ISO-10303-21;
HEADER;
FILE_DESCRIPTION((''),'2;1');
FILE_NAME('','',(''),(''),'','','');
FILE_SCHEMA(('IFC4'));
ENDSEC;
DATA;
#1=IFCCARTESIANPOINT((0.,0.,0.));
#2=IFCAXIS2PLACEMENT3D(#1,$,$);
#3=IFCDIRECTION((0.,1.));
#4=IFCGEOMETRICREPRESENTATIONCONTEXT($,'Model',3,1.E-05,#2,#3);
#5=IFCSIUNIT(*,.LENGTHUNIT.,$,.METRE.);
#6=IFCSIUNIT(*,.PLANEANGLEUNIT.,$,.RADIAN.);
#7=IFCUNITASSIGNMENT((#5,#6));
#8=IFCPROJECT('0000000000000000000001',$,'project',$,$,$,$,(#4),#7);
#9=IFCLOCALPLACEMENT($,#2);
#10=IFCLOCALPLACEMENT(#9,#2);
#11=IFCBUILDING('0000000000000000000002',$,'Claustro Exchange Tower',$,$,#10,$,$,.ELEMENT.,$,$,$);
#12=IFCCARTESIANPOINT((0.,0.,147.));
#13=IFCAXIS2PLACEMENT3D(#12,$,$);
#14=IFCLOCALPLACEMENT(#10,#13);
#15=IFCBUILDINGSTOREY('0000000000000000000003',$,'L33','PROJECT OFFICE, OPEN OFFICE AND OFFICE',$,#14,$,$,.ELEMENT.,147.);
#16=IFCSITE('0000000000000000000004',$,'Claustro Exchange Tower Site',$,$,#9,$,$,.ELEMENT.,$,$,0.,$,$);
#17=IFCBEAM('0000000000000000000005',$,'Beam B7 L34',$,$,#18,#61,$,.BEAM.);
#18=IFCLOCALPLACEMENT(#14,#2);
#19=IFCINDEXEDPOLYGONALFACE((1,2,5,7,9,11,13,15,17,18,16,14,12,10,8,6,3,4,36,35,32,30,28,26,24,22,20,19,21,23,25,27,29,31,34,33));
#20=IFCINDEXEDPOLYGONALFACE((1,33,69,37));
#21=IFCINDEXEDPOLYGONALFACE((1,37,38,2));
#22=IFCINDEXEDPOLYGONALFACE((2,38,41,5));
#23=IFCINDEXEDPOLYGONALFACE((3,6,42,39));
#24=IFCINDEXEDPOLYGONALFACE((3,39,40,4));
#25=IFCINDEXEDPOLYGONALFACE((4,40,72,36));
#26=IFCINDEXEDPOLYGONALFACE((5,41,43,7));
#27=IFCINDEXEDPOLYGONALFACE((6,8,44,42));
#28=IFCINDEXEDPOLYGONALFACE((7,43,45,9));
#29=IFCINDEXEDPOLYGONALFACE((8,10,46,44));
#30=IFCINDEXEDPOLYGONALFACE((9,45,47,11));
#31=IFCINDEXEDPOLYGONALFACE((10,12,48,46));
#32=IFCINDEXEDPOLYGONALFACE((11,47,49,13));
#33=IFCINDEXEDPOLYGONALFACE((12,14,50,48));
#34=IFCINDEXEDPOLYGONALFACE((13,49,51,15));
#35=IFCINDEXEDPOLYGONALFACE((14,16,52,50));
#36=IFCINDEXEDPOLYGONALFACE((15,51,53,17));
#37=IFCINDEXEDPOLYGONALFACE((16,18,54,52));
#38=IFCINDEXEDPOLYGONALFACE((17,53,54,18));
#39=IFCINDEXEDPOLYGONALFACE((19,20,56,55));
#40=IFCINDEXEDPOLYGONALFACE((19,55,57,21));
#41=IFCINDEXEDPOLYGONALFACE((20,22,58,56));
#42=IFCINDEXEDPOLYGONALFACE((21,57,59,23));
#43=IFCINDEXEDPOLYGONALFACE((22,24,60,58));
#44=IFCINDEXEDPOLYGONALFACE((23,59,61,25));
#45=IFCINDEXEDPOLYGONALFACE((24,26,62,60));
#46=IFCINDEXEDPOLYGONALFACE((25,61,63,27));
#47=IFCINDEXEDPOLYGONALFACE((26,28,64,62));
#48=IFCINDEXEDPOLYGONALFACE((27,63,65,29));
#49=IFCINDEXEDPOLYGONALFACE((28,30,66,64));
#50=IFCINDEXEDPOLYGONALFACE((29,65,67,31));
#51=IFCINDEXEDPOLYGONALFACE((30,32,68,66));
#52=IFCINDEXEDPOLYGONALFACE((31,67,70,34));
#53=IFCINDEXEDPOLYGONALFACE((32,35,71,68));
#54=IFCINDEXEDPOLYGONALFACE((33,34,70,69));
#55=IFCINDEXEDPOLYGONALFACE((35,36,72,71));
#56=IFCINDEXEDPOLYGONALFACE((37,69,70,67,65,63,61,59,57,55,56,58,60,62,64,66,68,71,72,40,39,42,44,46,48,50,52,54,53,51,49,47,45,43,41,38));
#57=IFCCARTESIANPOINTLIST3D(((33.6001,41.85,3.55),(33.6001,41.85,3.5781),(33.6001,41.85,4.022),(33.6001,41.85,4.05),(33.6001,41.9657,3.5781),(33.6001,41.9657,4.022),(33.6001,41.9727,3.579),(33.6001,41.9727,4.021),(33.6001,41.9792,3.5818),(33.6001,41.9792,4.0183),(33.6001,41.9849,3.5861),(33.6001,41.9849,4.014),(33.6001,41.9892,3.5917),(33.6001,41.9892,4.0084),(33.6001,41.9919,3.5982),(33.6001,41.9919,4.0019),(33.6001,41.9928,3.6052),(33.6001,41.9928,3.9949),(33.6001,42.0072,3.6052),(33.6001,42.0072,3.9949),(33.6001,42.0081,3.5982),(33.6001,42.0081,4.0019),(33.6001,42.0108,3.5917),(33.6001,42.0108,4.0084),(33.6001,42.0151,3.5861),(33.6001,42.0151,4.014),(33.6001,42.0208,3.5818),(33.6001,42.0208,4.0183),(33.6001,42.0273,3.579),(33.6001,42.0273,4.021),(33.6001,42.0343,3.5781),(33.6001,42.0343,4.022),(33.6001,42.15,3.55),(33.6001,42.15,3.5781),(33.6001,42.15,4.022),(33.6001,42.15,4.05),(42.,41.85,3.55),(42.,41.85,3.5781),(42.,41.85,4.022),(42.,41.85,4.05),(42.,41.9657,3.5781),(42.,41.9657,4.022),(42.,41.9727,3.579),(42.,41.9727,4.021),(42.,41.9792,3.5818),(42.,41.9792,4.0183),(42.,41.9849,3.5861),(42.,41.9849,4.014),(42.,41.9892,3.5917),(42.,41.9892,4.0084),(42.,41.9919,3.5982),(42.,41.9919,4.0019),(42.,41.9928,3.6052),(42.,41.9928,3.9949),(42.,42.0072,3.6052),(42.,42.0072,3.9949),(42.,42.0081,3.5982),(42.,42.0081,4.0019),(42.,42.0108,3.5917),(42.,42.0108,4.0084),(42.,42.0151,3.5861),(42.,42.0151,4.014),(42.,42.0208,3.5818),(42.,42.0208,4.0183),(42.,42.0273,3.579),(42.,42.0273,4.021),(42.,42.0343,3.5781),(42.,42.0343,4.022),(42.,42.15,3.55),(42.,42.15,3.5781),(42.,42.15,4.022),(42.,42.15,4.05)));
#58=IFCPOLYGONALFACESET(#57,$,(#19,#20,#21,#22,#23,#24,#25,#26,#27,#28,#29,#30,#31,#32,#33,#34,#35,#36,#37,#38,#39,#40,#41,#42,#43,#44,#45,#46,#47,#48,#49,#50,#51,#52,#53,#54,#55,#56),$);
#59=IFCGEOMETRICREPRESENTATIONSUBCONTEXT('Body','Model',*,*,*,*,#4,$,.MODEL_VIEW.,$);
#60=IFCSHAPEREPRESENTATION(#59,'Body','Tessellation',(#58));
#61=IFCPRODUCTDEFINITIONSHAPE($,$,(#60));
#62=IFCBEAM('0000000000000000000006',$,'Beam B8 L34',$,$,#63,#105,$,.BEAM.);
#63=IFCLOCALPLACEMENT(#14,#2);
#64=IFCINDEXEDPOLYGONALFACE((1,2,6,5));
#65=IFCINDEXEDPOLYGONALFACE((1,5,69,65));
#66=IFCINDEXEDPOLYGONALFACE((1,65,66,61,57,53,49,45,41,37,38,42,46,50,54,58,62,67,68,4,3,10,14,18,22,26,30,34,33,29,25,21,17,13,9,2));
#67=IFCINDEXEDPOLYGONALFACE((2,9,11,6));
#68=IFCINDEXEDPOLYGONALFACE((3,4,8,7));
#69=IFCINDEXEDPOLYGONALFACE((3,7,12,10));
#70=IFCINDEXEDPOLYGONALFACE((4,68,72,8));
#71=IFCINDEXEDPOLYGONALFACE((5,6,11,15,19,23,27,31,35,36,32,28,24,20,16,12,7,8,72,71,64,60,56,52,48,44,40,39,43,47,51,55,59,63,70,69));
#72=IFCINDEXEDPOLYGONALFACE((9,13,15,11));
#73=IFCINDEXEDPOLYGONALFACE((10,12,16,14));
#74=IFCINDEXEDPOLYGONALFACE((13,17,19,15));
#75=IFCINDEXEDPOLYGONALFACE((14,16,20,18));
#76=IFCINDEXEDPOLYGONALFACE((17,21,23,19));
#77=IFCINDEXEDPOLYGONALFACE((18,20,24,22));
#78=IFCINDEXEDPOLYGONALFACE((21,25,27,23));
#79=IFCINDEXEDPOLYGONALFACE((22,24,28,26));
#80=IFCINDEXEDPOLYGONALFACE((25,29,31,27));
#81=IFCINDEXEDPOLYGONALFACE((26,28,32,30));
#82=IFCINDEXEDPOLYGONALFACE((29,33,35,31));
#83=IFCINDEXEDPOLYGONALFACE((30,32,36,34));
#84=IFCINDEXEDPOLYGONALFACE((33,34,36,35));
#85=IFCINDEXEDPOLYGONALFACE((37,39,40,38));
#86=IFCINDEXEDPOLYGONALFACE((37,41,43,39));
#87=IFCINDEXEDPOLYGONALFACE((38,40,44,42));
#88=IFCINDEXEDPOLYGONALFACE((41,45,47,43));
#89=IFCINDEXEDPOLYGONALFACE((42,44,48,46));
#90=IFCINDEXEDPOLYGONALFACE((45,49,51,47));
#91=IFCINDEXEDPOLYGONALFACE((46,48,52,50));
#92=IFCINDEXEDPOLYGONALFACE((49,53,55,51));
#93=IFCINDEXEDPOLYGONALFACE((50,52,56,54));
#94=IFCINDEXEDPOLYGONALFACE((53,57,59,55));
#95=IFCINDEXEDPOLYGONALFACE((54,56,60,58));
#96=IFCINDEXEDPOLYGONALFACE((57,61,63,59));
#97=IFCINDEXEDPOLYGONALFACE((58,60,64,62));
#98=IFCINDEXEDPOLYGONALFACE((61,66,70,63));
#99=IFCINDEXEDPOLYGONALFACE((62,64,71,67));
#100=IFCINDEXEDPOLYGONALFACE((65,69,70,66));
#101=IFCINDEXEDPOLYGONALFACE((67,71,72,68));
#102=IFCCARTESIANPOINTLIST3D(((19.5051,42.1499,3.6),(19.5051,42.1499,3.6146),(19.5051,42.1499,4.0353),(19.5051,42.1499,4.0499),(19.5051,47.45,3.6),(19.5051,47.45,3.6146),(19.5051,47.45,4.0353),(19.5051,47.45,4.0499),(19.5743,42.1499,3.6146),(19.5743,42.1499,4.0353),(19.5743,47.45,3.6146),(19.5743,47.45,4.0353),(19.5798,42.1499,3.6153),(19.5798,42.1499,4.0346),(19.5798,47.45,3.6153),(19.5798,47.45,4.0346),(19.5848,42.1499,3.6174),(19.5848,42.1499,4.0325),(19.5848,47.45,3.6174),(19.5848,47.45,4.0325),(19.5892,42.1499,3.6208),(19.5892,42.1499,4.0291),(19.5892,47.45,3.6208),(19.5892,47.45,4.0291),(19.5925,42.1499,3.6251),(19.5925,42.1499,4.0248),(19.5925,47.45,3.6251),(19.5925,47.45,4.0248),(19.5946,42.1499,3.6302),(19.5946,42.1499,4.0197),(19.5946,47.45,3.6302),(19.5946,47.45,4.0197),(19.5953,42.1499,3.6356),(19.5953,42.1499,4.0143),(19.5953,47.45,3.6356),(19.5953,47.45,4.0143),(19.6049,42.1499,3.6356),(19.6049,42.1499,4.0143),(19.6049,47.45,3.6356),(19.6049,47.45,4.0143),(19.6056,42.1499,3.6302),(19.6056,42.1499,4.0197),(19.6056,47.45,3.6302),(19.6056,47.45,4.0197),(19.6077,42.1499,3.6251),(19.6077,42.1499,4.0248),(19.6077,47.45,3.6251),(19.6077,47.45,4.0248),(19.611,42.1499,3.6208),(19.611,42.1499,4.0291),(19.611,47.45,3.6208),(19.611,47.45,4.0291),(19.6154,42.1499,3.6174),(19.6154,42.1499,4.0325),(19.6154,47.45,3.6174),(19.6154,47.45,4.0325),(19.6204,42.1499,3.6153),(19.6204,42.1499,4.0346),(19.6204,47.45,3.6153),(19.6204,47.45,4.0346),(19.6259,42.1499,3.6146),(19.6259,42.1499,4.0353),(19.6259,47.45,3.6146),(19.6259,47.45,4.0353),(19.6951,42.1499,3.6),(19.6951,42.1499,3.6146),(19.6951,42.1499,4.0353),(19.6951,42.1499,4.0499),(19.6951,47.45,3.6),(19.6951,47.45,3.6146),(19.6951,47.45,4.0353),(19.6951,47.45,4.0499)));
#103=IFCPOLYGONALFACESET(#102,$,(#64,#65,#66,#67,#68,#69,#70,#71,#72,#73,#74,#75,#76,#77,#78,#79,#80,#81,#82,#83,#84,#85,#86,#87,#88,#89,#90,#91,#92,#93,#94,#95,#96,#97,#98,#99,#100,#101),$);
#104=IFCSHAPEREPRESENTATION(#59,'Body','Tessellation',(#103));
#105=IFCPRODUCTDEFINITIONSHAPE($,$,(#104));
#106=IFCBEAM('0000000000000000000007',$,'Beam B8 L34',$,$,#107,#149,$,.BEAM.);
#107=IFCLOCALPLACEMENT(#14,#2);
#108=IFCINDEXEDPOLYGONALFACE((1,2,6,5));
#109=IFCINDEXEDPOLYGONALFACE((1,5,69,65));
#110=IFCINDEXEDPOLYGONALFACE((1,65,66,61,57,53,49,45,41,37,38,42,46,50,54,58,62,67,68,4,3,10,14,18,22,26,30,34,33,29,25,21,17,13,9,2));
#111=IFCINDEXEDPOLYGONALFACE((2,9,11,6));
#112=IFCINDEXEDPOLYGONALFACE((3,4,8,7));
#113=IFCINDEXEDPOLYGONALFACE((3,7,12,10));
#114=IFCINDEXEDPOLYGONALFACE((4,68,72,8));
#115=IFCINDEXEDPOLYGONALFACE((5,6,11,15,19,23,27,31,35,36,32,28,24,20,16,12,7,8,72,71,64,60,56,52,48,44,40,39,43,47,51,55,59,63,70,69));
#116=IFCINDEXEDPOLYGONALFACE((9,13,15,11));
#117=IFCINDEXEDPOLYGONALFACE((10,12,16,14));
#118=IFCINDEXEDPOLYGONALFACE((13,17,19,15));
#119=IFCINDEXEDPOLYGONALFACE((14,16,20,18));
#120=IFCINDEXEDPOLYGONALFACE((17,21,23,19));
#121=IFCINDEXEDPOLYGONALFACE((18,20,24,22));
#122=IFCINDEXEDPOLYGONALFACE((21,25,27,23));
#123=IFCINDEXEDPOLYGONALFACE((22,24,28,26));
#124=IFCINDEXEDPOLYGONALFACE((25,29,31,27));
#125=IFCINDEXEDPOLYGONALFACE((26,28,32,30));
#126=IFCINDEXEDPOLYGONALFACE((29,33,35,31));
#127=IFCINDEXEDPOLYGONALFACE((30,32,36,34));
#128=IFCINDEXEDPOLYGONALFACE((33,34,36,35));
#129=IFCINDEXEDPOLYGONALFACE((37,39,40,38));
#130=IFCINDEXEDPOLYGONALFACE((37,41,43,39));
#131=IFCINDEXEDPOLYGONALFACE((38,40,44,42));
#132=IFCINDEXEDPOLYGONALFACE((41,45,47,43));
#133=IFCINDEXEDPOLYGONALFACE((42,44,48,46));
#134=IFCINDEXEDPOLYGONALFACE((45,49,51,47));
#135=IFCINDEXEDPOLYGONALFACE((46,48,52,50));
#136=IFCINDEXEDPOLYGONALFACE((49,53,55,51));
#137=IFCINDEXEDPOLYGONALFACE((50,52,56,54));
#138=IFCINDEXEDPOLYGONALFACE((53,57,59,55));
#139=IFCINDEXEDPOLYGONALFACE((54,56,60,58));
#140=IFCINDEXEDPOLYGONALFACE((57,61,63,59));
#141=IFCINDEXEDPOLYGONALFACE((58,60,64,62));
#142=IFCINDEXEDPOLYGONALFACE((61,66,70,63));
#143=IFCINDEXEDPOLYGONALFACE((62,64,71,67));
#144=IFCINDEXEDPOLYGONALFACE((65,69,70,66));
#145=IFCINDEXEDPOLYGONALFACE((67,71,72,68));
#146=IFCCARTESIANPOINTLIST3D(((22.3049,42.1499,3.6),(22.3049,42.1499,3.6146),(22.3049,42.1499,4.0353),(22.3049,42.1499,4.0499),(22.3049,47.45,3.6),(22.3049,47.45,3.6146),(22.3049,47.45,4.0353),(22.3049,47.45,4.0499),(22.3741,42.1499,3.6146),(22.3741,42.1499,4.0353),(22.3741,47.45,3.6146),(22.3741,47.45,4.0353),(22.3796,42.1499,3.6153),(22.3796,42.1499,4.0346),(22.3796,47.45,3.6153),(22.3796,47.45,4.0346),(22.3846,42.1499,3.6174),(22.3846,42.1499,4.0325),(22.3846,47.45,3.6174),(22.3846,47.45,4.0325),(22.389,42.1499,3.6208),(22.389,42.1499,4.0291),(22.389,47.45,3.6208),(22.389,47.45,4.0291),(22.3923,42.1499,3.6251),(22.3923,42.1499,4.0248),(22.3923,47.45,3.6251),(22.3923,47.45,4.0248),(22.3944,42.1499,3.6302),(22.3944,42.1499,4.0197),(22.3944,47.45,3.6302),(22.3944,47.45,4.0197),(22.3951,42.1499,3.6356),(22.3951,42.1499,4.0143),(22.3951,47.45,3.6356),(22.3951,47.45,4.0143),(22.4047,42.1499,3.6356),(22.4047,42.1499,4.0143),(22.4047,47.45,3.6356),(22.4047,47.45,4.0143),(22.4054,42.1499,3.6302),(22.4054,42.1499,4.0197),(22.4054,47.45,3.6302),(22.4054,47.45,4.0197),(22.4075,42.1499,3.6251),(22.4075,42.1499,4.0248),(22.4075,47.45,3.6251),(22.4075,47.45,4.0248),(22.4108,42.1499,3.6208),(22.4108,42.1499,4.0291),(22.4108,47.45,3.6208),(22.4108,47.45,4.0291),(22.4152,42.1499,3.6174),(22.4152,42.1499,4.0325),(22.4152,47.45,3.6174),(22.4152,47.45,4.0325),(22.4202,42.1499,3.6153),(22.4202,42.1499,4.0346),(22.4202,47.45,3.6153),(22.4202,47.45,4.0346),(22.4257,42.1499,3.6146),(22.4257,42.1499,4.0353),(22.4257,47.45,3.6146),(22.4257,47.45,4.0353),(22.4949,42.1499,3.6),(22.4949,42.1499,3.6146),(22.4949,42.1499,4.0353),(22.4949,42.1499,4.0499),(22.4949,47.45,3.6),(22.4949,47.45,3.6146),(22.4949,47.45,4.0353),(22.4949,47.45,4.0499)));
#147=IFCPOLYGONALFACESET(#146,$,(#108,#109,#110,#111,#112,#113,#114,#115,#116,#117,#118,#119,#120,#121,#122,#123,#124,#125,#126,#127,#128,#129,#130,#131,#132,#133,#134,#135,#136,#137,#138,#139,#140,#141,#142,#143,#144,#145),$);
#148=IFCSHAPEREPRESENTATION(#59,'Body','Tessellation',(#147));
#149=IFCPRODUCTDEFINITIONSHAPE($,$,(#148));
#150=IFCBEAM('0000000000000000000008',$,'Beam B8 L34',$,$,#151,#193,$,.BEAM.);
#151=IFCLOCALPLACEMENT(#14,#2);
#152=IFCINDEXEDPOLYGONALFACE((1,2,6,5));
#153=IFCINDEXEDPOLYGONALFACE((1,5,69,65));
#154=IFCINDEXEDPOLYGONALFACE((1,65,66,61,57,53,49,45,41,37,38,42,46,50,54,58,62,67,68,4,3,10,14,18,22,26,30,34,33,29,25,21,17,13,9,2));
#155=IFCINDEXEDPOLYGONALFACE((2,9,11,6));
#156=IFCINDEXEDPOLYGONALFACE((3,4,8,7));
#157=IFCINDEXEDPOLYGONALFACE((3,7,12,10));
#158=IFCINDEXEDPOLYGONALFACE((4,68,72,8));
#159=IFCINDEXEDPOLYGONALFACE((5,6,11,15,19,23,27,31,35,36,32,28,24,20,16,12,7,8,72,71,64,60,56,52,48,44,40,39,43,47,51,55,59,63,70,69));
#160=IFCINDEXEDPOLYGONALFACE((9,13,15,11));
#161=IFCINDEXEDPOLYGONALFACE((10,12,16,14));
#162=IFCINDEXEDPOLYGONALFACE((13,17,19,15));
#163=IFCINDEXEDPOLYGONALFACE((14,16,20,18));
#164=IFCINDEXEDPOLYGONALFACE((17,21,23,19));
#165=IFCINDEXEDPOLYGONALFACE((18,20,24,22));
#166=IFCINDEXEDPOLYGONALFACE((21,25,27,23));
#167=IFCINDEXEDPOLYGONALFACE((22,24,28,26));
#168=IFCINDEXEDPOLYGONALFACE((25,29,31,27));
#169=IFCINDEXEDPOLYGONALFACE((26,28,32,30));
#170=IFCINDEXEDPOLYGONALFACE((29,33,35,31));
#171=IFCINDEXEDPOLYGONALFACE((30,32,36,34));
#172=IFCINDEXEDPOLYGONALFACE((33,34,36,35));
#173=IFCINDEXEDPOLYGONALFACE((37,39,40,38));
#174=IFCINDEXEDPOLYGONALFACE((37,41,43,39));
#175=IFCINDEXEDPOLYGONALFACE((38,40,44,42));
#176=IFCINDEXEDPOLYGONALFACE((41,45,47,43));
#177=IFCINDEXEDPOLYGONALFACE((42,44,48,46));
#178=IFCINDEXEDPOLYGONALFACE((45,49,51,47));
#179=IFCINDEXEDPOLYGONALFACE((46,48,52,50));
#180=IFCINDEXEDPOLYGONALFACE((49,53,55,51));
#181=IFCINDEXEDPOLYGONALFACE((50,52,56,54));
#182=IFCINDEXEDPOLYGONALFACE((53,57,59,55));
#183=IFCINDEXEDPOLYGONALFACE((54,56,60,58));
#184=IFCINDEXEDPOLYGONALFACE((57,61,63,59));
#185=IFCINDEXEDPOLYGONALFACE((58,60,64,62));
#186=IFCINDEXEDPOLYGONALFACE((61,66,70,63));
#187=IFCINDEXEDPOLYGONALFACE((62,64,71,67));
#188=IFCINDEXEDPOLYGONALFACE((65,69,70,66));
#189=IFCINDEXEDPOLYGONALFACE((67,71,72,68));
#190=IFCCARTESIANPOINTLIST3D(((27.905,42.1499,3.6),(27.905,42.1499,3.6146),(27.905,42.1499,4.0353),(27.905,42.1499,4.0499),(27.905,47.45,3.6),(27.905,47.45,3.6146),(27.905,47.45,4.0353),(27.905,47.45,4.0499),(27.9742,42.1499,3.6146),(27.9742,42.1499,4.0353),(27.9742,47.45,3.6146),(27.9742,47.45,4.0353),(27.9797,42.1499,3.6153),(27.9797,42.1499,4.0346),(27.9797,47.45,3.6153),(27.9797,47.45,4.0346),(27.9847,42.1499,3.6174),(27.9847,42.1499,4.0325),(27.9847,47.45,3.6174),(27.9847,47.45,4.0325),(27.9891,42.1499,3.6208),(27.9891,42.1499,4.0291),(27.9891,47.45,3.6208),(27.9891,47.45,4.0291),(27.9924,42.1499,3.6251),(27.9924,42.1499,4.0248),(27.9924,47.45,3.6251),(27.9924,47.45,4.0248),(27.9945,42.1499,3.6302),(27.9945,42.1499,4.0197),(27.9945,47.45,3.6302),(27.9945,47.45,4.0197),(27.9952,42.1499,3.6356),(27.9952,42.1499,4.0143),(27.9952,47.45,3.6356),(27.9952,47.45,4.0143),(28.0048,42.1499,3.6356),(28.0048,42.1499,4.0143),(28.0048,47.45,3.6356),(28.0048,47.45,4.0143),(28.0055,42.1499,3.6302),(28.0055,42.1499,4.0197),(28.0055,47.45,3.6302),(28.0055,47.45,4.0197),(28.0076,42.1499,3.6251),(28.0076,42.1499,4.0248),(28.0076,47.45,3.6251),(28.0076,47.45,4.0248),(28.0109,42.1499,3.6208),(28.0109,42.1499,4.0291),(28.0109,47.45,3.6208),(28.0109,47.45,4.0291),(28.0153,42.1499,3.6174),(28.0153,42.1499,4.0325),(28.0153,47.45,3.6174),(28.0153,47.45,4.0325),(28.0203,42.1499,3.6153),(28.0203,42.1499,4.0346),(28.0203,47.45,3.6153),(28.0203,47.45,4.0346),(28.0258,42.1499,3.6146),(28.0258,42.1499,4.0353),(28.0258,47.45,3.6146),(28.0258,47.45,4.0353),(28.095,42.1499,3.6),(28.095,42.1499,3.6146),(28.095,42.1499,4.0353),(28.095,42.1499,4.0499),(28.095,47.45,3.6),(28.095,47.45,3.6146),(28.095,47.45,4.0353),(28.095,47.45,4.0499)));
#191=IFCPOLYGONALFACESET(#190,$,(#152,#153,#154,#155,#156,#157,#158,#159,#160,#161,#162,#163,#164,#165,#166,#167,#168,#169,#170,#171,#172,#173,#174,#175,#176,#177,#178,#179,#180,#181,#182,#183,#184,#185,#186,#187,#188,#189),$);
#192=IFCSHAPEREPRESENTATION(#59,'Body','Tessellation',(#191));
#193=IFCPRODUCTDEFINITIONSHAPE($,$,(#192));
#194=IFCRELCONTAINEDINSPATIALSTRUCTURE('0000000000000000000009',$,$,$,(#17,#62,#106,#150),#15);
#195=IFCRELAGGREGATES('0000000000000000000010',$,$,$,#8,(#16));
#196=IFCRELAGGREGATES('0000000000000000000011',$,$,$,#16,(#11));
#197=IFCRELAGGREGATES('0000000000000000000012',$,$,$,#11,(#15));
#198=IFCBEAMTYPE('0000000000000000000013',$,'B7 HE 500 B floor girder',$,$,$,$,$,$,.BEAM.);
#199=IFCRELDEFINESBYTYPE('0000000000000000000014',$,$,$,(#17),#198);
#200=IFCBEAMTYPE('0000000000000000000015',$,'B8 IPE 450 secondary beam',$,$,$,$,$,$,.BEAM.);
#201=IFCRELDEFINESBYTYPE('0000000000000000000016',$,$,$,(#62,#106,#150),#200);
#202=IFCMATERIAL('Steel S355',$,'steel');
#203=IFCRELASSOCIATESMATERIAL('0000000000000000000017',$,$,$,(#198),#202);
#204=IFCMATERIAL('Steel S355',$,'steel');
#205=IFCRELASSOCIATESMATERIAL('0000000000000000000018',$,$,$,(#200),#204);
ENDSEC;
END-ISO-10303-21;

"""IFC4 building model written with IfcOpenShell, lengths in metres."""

from ifc_helpers import new_model, si_unit, direction, frame, origin, origin_2d, place, context, subcontext, project, spatial, i_section, extrude, material, material_profile, profile_set, type_object, element, save


model = new_model("IFC4")

# Units and contexts
model_context = context("Model", 3, precision=1e-05, world=origin(), true_north=direction((0.0, 1.0)))
body_context = subcontext(model_context, "Body", "Model", "MODEL_VIEW")
ifc_project = project(units=[si_unit("LENGTHUNIT", "METRE"), si_unit("PLANEANGLEUNIT", "RADIAN")], contexts=[model_context])

# Site, building, storey
site_placement = place(None, origin())
site = spatial("IfcSite", under=ifc_project, at=site_placement, Name="Claustro Exchange Tower Site", CompositionType="ELEMENT", RefElevation=0.0)
building_placement = place(site_placement, origin())
building = spatial("IfcBuilding", under=site, at=building_placement, Name="Claustro Exchange Tower", CompositionType="ELEMENT")
storey_placement = place(building_placement, frame((0.0, 0.0, 147.0)))
storey = spatial("IfcBuildingStorey", under=building, at=storey_placement, Name="L33", Description="PROJECT OFFICE, OPEN OFFICE AND OFFICE", CompositionType="ELEMENT", Elevation=147.0)

# Beams
ifc_material_1 = material(Name="Steel S355", Category="steel")
ifc_material_profile_1 = material_profile(ifc_material_1, i_section(OverallWidth=0.3, OverallDepth=0.5, WebThickness=0.0144, FlangeThickness=0.0281, FilletRadius=0.0271, at=origin_2d()), Name="HE 500 B")
ifc_profile_set_1 = profile_set([ifc_material_profile_1], Name="Steel S355")
beam_type_1 = type_object("IfcBeamType", Name="B7 HE 500 B floor girder", PredefinedType="BEAM", material=ifc_profile_set_1)
beam_1_placement = place(storey_placement, frame((33.6001, 42.0, 3.8), z_axis=(1.0, 0.0, 0.0), x_axis=(0.0, 1.0, 0.0)))
element("IfcBeam", 1, at=beam_1_placement, inside=storey, type_object=beam_type_1, Name="Beam B7 L34", PredefinedType="BEAM", context=body_context, shape_type="SweptSolid", body=[
    extrude(i_section(OverallWidth=0.3, OverallDepth=0.5, WebThickness=0.0144, FlangeThickness=0.0281, FilletRadius=0.0271, at=origin_2d()), origin(), (0.0, 0.0, 1.0), 8.3999),
])
ifc_material_2 = material(Name="Steel S355", Category="steel")
ifc_material_profile_2 = material_profile(ifc_material_2, i_section(OverallWidth=0.1899, OverallDepth=0.45, WebThickness=0.0095, FlangeThickness=0.0146, FilletRadius=0.021, at=origin_2d()), Name="IPE 450")
ifc_profile_set_2 = profile_set([ifc_material_profile_2], Name="Steel S355")
beam_type_2 = type_object("IfcBeamType", Name="B8 IPE 450 secondary beam", PredefinedType="BEAM", material=ifc_profile_set_2)
for number, where, z_axis, x_axis, name in (
    (2, (19.6001, 42.1499, 3.825), (0.0, 1.0, 0.0), (-1.0, 0.0, 0.0), "Beam B8 L34"),
    (3, (22.3999, 42.1499, 3.825), (0.0, 1.0, 0.0), (-1.0, 0.0, 0.0), "Beam B8 L34"),
    (4, (28.0, 42.1499, 3.825), (0.0, 1.0, 0.0), (-1.0, 0.0, 0.0), "Beam B8 L34"),
):
    element("IfcBeam", number, at=place(storey_placement, frame(where, z_axis=z_axis, x_axis=x_axis)), inside=storey, type_object=beam_type_2, Name=name, PredefinedType="BEAM", context=body_context, shape_type="SweptSolid", body=[
        extrude(i_section(OverallWidth=0.1899, OverallDepth=0.45, WebThickness=0.0095, FlangeThickness=0.0146, FilletRadius=0.021, at=origin_2d()), origin(), (0.0, 0.0, 1.0), 5.3),
    ])

save(model, "model.ifc")
